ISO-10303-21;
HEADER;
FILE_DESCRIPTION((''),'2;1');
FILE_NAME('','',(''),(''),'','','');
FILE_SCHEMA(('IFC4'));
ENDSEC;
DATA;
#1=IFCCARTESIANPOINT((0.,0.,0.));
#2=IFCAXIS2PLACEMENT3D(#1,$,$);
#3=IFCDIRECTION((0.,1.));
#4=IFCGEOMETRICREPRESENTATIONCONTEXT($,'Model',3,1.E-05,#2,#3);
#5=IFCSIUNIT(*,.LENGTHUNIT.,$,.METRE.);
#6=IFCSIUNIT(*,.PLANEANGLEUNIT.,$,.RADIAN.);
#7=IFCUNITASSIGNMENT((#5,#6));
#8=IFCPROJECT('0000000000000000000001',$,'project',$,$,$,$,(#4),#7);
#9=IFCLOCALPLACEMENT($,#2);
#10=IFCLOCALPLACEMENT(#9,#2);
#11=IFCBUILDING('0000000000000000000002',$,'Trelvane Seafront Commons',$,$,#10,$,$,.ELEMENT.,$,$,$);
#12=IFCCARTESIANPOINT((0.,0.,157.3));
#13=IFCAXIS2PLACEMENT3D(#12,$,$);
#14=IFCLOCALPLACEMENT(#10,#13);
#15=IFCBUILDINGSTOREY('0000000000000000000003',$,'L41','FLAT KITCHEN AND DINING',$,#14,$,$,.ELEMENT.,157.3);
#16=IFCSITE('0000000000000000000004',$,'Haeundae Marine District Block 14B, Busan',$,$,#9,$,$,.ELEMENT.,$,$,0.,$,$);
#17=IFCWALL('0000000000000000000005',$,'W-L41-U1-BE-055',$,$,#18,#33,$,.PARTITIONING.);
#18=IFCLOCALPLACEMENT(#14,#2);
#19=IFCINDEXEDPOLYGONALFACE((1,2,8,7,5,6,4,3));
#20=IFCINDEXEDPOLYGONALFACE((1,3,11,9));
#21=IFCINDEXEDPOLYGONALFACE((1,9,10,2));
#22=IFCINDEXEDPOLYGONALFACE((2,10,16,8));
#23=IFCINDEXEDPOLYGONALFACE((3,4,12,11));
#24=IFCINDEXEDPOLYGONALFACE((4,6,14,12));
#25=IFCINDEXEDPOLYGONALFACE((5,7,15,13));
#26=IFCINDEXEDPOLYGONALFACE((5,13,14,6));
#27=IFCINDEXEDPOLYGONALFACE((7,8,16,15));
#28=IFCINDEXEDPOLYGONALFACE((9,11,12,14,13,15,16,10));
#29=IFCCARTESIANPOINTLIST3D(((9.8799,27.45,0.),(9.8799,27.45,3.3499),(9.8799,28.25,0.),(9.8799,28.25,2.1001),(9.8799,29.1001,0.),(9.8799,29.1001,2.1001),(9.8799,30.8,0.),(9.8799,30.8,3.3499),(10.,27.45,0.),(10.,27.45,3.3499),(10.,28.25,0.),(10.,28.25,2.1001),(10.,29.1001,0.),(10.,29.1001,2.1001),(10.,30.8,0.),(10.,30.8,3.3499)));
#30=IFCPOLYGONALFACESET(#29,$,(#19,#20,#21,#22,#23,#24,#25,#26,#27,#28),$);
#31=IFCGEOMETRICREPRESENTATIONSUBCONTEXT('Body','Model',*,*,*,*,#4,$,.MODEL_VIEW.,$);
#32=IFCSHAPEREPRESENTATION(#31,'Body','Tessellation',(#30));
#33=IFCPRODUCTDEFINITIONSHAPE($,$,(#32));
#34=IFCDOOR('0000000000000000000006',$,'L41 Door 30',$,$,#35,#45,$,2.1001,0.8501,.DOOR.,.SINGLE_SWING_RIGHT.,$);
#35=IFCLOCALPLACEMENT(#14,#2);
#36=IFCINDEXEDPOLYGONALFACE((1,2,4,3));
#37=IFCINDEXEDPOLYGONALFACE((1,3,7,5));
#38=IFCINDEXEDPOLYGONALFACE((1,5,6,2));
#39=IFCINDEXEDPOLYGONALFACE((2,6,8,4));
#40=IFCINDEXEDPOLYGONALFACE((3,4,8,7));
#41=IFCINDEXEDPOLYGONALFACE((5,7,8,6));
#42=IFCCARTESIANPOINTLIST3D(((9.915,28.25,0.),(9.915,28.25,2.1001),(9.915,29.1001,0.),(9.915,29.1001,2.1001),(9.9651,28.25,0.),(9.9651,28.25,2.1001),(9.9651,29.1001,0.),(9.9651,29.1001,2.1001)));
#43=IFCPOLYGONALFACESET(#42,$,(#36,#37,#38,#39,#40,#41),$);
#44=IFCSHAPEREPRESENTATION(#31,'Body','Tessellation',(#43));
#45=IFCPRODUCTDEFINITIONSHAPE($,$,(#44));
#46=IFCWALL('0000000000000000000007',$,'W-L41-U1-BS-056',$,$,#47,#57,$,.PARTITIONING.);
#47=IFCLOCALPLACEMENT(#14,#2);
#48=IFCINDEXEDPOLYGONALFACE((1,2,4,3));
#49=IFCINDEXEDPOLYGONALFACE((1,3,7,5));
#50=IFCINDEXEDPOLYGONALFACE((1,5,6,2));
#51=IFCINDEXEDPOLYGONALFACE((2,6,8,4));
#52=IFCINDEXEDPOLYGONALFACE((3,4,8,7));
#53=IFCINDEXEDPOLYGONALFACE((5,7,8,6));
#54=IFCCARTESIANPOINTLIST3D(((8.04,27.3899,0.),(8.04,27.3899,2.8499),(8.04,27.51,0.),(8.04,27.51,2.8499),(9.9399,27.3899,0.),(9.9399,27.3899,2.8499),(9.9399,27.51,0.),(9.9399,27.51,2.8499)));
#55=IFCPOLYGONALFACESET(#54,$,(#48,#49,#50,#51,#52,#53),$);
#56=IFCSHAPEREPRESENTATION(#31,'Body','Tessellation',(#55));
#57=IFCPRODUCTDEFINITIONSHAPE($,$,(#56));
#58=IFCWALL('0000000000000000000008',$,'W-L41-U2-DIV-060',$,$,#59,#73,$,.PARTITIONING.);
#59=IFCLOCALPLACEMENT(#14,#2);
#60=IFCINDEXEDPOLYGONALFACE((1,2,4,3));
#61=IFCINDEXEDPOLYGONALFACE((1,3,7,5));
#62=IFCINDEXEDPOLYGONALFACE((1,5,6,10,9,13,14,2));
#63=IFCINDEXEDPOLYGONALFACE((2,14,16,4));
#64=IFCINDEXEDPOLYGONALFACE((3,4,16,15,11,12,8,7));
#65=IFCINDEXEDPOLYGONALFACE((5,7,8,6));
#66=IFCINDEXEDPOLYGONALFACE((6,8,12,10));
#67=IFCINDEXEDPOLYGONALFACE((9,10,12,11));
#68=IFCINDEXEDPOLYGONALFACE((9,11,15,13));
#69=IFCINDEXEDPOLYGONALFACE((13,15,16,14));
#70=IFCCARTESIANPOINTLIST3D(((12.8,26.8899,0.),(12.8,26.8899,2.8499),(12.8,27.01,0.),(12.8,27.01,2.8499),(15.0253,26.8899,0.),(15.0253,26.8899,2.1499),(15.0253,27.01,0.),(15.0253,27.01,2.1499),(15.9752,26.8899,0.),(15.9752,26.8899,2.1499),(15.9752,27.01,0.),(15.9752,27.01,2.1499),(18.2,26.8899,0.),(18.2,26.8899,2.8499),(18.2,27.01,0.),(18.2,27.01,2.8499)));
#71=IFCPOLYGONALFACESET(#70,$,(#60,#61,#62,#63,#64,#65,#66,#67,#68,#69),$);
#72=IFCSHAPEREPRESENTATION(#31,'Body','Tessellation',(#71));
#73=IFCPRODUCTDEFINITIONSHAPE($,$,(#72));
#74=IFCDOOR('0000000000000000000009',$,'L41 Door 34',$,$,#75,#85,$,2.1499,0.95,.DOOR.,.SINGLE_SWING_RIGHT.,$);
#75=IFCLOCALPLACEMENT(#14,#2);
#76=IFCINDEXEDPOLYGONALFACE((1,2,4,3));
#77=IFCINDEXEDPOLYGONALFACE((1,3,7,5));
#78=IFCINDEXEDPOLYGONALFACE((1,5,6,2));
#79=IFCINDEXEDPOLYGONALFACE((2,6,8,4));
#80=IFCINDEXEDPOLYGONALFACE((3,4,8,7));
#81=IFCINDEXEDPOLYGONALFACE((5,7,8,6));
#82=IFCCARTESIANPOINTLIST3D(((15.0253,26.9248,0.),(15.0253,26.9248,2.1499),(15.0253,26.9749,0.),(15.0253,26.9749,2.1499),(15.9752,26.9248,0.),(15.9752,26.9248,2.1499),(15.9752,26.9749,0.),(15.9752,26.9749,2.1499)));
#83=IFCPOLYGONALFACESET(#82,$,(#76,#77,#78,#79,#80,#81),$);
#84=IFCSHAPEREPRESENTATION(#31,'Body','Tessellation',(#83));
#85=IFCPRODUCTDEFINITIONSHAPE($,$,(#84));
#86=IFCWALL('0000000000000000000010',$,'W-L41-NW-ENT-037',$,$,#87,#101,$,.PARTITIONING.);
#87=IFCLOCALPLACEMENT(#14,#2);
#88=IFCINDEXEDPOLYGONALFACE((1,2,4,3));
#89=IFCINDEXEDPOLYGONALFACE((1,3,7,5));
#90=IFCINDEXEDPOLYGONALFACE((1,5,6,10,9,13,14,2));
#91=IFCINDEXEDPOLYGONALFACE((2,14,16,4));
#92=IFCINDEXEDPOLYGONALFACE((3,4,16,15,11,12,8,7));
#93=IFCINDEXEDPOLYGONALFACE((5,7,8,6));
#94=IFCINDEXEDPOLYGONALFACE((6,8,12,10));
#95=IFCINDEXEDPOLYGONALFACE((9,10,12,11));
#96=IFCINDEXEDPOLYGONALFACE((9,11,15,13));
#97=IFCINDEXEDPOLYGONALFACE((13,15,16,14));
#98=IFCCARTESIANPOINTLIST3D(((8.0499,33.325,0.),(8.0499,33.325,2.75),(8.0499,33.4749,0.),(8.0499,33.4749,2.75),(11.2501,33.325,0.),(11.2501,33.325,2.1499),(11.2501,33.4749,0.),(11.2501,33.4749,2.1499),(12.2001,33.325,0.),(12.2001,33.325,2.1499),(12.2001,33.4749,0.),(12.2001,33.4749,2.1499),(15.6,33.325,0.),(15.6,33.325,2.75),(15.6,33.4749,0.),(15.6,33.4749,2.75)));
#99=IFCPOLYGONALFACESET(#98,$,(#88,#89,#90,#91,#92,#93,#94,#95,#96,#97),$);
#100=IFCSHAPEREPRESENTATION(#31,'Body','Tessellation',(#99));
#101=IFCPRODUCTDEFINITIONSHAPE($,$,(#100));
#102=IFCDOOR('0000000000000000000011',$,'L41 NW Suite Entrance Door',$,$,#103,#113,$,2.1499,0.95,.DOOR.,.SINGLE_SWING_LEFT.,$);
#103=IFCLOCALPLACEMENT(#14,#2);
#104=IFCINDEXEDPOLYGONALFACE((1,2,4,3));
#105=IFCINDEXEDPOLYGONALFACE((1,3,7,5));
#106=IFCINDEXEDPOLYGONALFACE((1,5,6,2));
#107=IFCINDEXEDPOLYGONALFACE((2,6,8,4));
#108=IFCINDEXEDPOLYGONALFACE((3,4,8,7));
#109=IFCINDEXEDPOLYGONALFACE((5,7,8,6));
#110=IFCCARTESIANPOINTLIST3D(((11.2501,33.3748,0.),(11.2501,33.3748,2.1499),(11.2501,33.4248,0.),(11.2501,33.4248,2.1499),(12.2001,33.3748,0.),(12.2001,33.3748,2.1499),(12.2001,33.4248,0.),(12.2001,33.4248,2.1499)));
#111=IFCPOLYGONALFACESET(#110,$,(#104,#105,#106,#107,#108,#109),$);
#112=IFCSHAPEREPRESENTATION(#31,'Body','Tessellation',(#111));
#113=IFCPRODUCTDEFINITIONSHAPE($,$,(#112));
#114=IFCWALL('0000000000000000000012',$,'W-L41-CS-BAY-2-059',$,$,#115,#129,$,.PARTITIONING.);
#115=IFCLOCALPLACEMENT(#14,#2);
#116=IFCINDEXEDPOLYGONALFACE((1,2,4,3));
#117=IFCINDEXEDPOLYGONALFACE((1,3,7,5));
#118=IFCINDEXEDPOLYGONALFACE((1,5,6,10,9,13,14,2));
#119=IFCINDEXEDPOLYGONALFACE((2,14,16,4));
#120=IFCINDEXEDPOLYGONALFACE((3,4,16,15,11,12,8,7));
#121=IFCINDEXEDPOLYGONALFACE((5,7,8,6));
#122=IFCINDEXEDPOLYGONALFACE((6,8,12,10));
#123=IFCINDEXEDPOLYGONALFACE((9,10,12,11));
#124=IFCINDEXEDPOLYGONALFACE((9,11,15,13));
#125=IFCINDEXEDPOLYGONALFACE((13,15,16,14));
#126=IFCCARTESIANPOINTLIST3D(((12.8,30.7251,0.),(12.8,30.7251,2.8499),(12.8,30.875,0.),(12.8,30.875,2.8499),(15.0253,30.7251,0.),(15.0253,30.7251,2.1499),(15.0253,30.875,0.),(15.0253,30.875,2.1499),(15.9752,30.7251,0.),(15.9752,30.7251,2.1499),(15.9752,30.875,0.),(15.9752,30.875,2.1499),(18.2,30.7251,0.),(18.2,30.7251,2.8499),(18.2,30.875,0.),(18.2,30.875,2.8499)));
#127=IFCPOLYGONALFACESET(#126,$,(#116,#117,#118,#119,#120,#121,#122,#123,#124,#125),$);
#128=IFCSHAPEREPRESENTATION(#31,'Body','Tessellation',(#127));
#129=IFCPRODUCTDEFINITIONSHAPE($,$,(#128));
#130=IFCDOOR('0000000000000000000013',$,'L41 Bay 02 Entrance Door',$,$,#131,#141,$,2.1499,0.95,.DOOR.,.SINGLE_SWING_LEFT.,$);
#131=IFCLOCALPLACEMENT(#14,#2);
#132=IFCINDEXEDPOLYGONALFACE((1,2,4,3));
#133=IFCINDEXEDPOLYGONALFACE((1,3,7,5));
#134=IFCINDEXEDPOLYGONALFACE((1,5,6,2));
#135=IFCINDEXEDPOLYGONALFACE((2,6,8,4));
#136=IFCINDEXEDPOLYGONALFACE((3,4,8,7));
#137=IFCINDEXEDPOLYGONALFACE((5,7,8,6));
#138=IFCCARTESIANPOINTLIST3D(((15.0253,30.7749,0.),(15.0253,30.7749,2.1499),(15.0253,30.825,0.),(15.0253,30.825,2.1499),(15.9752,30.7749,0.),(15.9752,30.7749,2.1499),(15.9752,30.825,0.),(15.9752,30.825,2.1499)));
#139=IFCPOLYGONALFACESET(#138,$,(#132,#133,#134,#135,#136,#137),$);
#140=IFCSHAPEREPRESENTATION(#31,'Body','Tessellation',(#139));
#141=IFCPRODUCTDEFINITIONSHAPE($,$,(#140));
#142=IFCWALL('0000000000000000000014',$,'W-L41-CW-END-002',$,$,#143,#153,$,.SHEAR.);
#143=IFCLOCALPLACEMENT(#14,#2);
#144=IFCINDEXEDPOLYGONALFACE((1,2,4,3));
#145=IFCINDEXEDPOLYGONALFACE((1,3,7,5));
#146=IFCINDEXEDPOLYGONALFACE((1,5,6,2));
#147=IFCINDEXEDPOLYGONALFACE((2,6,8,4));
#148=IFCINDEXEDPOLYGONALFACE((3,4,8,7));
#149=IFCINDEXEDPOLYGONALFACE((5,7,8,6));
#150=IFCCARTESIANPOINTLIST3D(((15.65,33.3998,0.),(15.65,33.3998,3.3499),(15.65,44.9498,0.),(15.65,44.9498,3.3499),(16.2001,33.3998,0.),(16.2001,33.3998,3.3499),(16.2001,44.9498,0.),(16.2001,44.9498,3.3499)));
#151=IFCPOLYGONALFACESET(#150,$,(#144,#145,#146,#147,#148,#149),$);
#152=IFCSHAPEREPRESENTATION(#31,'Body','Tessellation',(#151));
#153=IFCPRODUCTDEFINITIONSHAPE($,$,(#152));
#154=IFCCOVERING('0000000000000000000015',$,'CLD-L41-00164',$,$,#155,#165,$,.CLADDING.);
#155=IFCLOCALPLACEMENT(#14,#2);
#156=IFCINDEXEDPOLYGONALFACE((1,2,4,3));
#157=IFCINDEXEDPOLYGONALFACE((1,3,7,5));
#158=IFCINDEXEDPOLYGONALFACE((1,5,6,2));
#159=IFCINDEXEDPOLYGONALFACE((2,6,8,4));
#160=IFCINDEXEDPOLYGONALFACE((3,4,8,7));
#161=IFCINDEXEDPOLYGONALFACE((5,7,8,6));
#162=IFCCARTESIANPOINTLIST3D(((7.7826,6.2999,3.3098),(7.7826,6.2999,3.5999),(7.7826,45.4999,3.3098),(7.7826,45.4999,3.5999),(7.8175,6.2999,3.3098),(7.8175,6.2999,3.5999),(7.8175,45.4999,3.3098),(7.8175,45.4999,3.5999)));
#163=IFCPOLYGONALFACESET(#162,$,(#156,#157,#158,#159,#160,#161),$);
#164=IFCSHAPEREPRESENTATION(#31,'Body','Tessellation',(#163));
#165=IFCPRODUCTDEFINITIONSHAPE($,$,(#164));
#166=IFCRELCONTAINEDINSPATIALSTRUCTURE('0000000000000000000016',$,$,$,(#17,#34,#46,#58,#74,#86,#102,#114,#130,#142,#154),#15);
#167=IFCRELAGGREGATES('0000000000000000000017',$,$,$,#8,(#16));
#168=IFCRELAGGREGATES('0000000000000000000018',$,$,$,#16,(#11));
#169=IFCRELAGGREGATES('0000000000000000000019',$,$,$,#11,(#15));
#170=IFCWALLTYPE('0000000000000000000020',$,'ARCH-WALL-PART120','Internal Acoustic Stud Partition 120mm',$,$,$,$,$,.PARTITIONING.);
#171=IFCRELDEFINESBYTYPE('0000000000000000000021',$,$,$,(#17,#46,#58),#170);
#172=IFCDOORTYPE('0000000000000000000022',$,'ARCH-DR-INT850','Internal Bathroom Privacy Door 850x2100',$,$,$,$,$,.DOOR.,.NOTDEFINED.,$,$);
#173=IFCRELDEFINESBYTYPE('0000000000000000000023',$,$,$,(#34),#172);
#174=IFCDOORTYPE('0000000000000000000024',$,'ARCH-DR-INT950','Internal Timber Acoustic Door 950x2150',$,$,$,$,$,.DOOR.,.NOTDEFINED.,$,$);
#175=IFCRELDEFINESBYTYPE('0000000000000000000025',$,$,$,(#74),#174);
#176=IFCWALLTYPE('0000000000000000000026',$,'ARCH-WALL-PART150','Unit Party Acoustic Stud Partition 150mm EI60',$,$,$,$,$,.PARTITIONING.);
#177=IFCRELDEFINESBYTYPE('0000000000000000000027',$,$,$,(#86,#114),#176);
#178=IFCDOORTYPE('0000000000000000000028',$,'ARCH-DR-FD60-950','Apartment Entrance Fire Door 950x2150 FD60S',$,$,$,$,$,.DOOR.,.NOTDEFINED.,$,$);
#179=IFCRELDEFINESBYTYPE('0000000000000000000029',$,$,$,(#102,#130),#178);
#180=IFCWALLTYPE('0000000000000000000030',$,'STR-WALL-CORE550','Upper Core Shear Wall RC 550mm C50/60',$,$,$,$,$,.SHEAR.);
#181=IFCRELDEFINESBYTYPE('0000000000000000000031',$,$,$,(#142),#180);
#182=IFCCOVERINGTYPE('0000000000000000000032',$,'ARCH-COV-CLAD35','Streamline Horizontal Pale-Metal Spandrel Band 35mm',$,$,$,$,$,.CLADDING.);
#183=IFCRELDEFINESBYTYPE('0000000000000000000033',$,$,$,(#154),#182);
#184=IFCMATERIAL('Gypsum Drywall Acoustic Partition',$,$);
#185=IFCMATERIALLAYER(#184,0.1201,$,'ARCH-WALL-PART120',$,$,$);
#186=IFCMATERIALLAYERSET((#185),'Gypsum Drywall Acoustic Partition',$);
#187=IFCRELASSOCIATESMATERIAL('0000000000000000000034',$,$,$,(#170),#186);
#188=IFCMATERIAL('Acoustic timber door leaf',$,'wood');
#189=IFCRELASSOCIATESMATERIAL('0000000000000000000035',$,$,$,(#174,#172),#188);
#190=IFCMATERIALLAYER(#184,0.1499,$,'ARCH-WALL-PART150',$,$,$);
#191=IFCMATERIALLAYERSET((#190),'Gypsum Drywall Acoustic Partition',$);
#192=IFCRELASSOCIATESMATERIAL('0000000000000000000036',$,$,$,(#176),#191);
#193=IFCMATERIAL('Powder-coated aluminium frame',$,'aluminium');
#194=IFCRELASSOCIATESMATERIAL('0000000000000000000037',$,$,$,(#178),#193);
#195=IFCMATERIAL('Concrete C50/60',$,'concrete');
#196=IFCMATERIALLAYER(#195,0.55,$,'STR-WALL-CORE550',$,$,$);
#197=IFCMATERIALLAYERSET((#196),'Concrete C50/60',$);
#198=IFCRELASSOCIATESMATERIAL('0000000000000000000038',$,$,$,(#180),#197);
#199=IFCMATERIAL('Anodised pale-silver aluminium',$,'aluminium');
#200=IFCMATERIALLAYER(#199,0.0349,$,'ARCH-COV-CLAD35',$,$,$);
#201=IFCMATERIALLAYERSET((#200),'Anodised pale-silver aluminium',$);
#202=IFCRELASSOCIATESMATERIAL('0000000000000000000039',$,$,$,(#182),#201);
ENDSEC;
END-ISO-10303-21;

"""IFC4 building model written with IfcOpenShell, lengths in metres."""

from ifc_helpers import new_model, si_unit, direction, frame, frame_2d, origin, origin_2d, place, context, subcontext, project, spatial, rectangle, extrude, source, transform, mapped, material, layer, layer_set, type_object, element, fill, save


model = new_model("IFC4")

# Units and contexts
model_context = context("Model", 3, precision=1e-05, world=origin(), true_north=direction((0.0, 1.0)))
body_context = subcontext(model_context, "Body", "Model", "MODEL_VIEW")
ifc_project = project(units=[si_unit("LENGTHUNIT", "METRE"), si_unit("PLANEANGLEUNIT", "RADIAN")], contexts=[model_context])

# Site, building, storey
site_placement = place(None, origin())
site = spatial("IfcSite", under=ifc_project, at=site_placement, Name="Haeundae Marine District Block 14B, Busan", CompositionType="ELEMENT", RefElevation=0.0)
building_placement = place(site_placement, origin())
building = spatial("IfcBuilding", under=site, at=building_placement, Name="Trelvane Seafront Commons", CompositionType="ELEMENT")
storey_placement = place(building_placement, frame((0.0, 0.0, 157.3)))
storey = spatial("IfcBuildingStorey", under=building, at=storey_placement, Name="L41", Description="FLAT KITCHEN AND DINING", CompositionType="ELEMENT", Elevation=157.3)

# Shared definitions
ifc_material_1 = material(Name="Concrete C50/60", Category="concrete")

# Wall, opening, door
ifc_material_2 = material(Name="Gypsum Drywall Acoustic Partition")
ifc_layer_1 = layer(ifc_material_2, 0.1201, Name="ARCH-WALL-PART120")
ifc_layer_set_1 = layer_set([ifc_layer_1], Name="Gypsum Drywall Acoustic Partition")
wall_type_1 = type_object("IfcWallType", Name="ARCH-WALL-PART120", Description="Internal Acoustic Stud Partition 120mm", PredefinedType="PARTITIONING", material=ifc_layer_set_1)
ifc_material_3 = material(Name="Acoustic timber door leaf", Category="wood")
door_type_1 = type_object("IfcDoorType", Name="ARCH-DR-INT950", Description="Internal Timber Acoustic Door 950x2150", OperationType="NOTDEFINED", PredefinedType="DOOR", material=ifc_material_3)
shared_shape_1 = source(origin(), body_context, "Body", "SweptSolid", [
    extrude(rectangle(XDim=0.95, YDim=2.1499, at=frame_2d((0.4751, 1.075))), frame((0.0, 0.0249, 0.0), z_axis=(0.0, -1.0, 0.0), x_axis=(1.0, 0.0, 0.0)), (0.0, 0.0, 1.0), 0.05),
])
wall_1_placement = place(storey_placement, frame((9.9399, 27.45, 0.0), z_axis=(0.0, 0.0, 1.0), x_axis=(0.0, 1.0, 0.0)))
wall_1 = element("IfcWall", 1, at=wall_1_placement, inside=storey, type_object=wall_type_1, Name="W-L41-U1-BE-055", PredefinedType="PARTITIONING", context=body_context, shape_type="SweptSolid", body=[
    extrude(rectangle(XDim=3.3501, YDim=0.1201, at=frame_2d((1.675, 0.0))), origin(), (0.0, 0.0, 1.0), 3.3499),
])
opening_1_placement = place(wall_1_placement, frame((0.8, 0.0, 0.0)))
opening_1 = element("IfcOpeningElement", 2, at=opening_1_placement, cuts=wall_1, PredefinedType="OPENING", context=body_context, shape_type="SweptSolid", body=[
    extrude(rectangle(XDim=0.8501, YDim=2.1001, at=frame_2d((0.425, 1.05))), frame((0.0, 0.0701, 0.0), z_axis=(0.0, -1.0, 0.0), x_axis=(1.0, 0.0, 0.0)), (0.0, 0.0, 1.0), 0.1401),
])
door_type_2 = type_object("IfcDoorType", Name="ARCH-DR-INT850", Description="Internal Bathroom Privacy Door 850x2100", OperationType="NOTDEFINED", PredefinedType="DOOR", material=ifc_material_3)
shared_shape_2 = source(origin(), body_context, "Body", "SweptSolid", [
    extrude(rectangle(XDim=0.8501, YDim=2.1001, at=frame_2d((0.425, 1.05))), frame((0.0, 0.0249, 0.0), z_axis=(0.0, -1.0, 0.0), x_axis=(1.0, 0.0, 0.0)), (0.0, 0.0, 1.0), 0.05),
])
door_1_placement = place(opening_1_placement, origin())
door_1 = element("IfcDoor", 3, at=door_1_placement, inside=storey, type_object=door_type_2, Name="L41 Door 30", OperationType="SINGLE_SWING_RIGHT", OverallHeight=2.1001, OverallWidth=0.8501, PredefinedType="DOOR", context=body_context, shape_type="MappedRepresentation", body=[
    mapped(shared_shape_2, transform((0.0, 0.0, 0.0), x_axis=(1.0, 0.0, 0.0), y_axis=(0.0, 1.0, 0.0), z_axis=(0.0, 0.0, 1.0), scale=1.0)),
])
fill(opening_1, door_1)

# Wall
wall_2_placement = place(storey_placement, frame((8.04, 27.45, 0.0), z_axis=(0.0, 0.0, 1.0), x_axis=(1.0, 0.0, 0.0)))
element("IfcWall", 4, at=wall_2_placement, inside=storey, type_object=wall_type_1, Name="W-L41-U1-BS-056", PredefinedType="PARTITIONING", context=body_context, shape_type="SweptSolid", body=[
    extrude(rectangle(XDim=1.8999, YDim=0.1201, at=frame_2d((0.95, 0.0))), origin(), (0.0, 0.0, 1.0), 2.8499),
])

# Walls, openings, doors
wall_3_placement = place(storey_placement, frame((12.8, 26.95, 0.0), z_axis=(0.0, 0.0, 1.0), x_axis=(1.0, 0.0, 0.0)))
wall_3 = element("IfcWall", 5, at=wall_3_placement, inside=storey, type_object=wall_type_1, Name="W-L41-U2-DIV-060", PredefinedType="PARTITIONING", context=body_context, shape_type="SweptSolid", body=[
    extrude(rectangle(XDim=5.3999, YDim=0.1201, at=frame_2d((2.7, 0.0))), origin(), (0.0, 0.0, 1.0), 2.8499),
])
opening_2_placement = place(wall_3_placement, frame((2.2251, 0.0, 0.0)))
opening_2 = element("IfcOpeningElement", 6, at=opening_2_placement, cuts=wall_3, PredefinedType="OPENING", context=body_context, shape_type="SweptSolid", body=[
    extrude(rectangle(XDim=0.95, YDim=2.1499, at=frame_2d((0.4751, 1.075))), frame((0.0, 0.0701, 0.0), z_axis=(0.0, -1.0, 0.0), x_axis=(1.0, 0.0, 0.0)), (0.0, 0.0, 1.0), 0.1401),
])
door_2_placement = place(opening_2_placement, origin())
door_2 = element("IfcDoor", 7, at=door_2_placement, inside=storey, type_object=door_type_1, Name="L41 Door 34", OperationType="SINGLE_SWING_RIGHT", OverallHeight=2.1499, OverallWidth=0.95, PredefinedType="DOOR", context=body_context, shape_type="MappedRepresentation", body=[
    mapped(shared_shape_1, transform((0.0, 0.0, 0.0), x_axis=(1.0, 0.0, 0.0), y_axis=(0.0, 1.0, 0.0), z_axis=(0.0, 0.0, 1.0), scale=1.0)),
])
fill(opening_2, door_2)
ifc_layer_2 = layer(ifc_material_2, 0.1499, Name="ARCH-WALL-PART150")
ifc_layer_set_2 = layer_set([ifc_layer_2], Name="Gypsum Drywall Acoustic Partition")
wall_type_2 = type_object("IfcWallType", Name="ARCH-WALL-PART150", Description="Unit Party Acoustic Stud Partition 150mm EI60", PredefinedType="PARTITIONING", material=ifc_layer_set_2)
wall_4_placement = place(storey_placement, frame((8.05, 33.3999, 0.0), z_axis=(0.0, 0.0, 1.0), x_axis=(1.0, 0.0, 0.0)))
wall_4 = element("IfcWall", 8, at=wall_4_placement, inside=storey, type_object=wall_type_2, Name="W-L41-NW-ENT-037", PredefinedType="PARTITIONING", context=body_context, shape_type="SweptSolid", body=[
    extrude(rectangle(XDim=7.55, YDim=0.1499, at=frame_2d((3.7749, 0.0))), origin(), (0.0, 0.0, 1.0), 2.75),
])
opening_3_placement = place(wall_4_placement, frame((3.2, 0.0, 0.0)))
opening_3 = element("IfcOpeningElement", 9, at=opening_3_placement, cuts=wall_4, PredefinedType="OPENING", context=body_context, shape_type="SweptSolid", body=[
    extrude(rectangle(XDim=0.95, YDim=2.1499, at=frame_2d((0.4751, 1.075))), frame((0.0, 0.085, 0.0), z_axis=(0.0, -1.0, 0.0), x_axis=(1.0, 0.0, 0.0)), (0.0, 0.0, 1.0), 0.1699),
])
ifc_material_4 = material(Name="Powder-coated aluminium frame", Category="aluminium")
door_type_3 = type_object("IfcDoorType", Name="ARCH-DR-FD60-950", Description="Apartment Entrance Fire Door 950x2150 FD60S", OperationType="NOTDEFINED", PredefinedType="DOOR", material=ifc_material_4)
door_3_placement = place(opening_3_placement, origin())
door_3 = element("IfcDoor", 10, at=door_3_placement, inside=storey, type_object=door_type_3, Name="L41 NW Suite Entrance Door", OperationType="SINGLE_SWING_LEFT", OverallHeight=2.1499, OverallWidth=0.95, PredefinedType="DOOR", context=body_context, shape_type="MappedRepresentation", body=[
    mapped(shared_shape_1, transform((0.0, 0.0, 0.0), x_axis=(1.0, 0.0, 0.0), y_axis=(0.0, 1.0, 0.0), z_axis=(0.0, 0.0, 1.0), scale=1.0)),
])
fill(opening_3, door_3)
wall_5_placement = place(storey_placement, frame((12.8, 30.8, 0.0), z_axis=(0.0, 0.0, 1.0), x_axis=(1.0, 0.0, 0.0)))
wall_5 = element("IfcWall", 11, at=wall_5_placement, inside=storey, type_object=wall_type_2, Name="W-L41-CS-BAY-2-059", PredefinedType="PARTITIONING", context=body_context, shape_type="SweptSolid", body=[
    extrude(rectangle(XDim=5.3999, YDim=0.1499, at=frame_2d((2.7, 0.0))), origin(), (0.0, 0.0, 1.0), 2.8499),
])
opening_4_placement = place(wall_5_placement, frame((2.2251, 0.0, 0.0)))
opening_4 = element("IfcOpeningElement", 12, at=opening_4_placement, cuts=wall_5, PredefinedType="OPENING", context=body_context, shape_type="SweptSolid", body=[
    extrude(rectangle(XDim=0.95, YDim=2.1499, at=frame_2d((0.4751, 1.075))), frame((0.0, 0.085, 0.0), z_axis=(0.0, -1.0, 0.0), x_axis=(1.0, 0.0, 0.0)), (0.0, 0.0, 1.0), 0.1699),
])
door_4_placement = place(opening_4_placement, origin())
door_4 = element("IfcDoor", 13, at=door_4_placement, inside=storey, type_object=door_type_3, Name="L41 Bay 02 Entrance Door", OperationType="SINGLE_SWING_LEFT", OverallHeight=2.1499, OverallWidth=0.95, PredefinedType="DOOR", context=body_context, shape_type="MappedRepresentation", body=[
    mapped(shared_shape_1, transform((0.0, 0.0, 0.0), x_axis=(1.0, 0.0, 0.0), y_axis=(0.0, 1.0, 0.0), z_axis=(0.0, 0.0, 1.0), scale=1.0)),
])
fill(opening_4, door_4)

# Wall
ifc_layer_3 = layer(ifc_material_1, 0.55, Name="STR-WALL-CORE550")
ifc_layer_set_3 = layer_set([ifc_layer_3], Name="Concrete C50/60")
wall_type_3 = type_object("IfcWallType", Name="STR-WALL-CORE550", Description="Upper Core Shear Wall RC 550mm C50/60", PredefinedType="SHEAR", material=ifc_layer_set_3)
wall_6_placement = place(storey_placement, frame((15.925, 33.3999, 0.0), z_axis=(0.0, 0.0, 1.0), x_axis=(0.0, 1.0, 0.0)))
element("IfcWall", 14, at=wall_6_placement, inside=storey, type_object=wall_type_3, Name="W-L41-CW-END-002", PredefinedType="SHEAR", context=body_context, shape_type="SweptSolid", body=[
    extrude(rectangle(XDim=11.55, YDim=0.55, at=frame_2d((5.7749, 0.0))), origin(), (0.0, 0.0, 1.0), 3.3499),
])

# Covering
ifc_material_5 = material(Name="Anodised pale-silver aluminium", Category="aluminium")
ifc_layer_4 = layer(ifc_material_5, 0.0349, Name="ARCH-COV-CLAD35")
ifc_layer_set_4 = layer_set([ifc_layer_4], Name="Anodised pale-silver aluminium")
covering_type = type_object("IfcCoveringType", Name="ARCH-COV-CLAD35", Description="Streamline Horizontal Pale-Metal Spandrel Band 35mm", PredefinedType="CLADDING", material=ifc_layer_set_4)
shared_shape_3 = source(origin(), body_context, "Body", "SweptSolid", [
    extrude(rectangle(XDim=39.2, YDim=0.0349, at=origin_2d()), origin(), (0.0, 0.0, 1.0), 0.29),
])
covering_placement = place(storey_placement, frame((7.8, 25.8999, 3.3098), z_axis=(0.0, 0.0, 1.0), x_axis=(0.0, 1.0, 0.0)))
element("IfcCovering", 15, at=covering_placement, inside=storey, type_object=covering_type, Name="CLD-L41-00164", PredefinedType="CLADDING", context=body_context, shape_type="MappedRepresentation", body=[
    mapped(shared_shape_3, transform((0.0, 0.0, 0.0), x_axis=(1.0, 0.0, 0.0), y_axis=(0.0, 1.0, 0.0), z_axis=(0.0, 0.0, 1.0), scale=1.0)),
])

save(model, "model.ifc")
